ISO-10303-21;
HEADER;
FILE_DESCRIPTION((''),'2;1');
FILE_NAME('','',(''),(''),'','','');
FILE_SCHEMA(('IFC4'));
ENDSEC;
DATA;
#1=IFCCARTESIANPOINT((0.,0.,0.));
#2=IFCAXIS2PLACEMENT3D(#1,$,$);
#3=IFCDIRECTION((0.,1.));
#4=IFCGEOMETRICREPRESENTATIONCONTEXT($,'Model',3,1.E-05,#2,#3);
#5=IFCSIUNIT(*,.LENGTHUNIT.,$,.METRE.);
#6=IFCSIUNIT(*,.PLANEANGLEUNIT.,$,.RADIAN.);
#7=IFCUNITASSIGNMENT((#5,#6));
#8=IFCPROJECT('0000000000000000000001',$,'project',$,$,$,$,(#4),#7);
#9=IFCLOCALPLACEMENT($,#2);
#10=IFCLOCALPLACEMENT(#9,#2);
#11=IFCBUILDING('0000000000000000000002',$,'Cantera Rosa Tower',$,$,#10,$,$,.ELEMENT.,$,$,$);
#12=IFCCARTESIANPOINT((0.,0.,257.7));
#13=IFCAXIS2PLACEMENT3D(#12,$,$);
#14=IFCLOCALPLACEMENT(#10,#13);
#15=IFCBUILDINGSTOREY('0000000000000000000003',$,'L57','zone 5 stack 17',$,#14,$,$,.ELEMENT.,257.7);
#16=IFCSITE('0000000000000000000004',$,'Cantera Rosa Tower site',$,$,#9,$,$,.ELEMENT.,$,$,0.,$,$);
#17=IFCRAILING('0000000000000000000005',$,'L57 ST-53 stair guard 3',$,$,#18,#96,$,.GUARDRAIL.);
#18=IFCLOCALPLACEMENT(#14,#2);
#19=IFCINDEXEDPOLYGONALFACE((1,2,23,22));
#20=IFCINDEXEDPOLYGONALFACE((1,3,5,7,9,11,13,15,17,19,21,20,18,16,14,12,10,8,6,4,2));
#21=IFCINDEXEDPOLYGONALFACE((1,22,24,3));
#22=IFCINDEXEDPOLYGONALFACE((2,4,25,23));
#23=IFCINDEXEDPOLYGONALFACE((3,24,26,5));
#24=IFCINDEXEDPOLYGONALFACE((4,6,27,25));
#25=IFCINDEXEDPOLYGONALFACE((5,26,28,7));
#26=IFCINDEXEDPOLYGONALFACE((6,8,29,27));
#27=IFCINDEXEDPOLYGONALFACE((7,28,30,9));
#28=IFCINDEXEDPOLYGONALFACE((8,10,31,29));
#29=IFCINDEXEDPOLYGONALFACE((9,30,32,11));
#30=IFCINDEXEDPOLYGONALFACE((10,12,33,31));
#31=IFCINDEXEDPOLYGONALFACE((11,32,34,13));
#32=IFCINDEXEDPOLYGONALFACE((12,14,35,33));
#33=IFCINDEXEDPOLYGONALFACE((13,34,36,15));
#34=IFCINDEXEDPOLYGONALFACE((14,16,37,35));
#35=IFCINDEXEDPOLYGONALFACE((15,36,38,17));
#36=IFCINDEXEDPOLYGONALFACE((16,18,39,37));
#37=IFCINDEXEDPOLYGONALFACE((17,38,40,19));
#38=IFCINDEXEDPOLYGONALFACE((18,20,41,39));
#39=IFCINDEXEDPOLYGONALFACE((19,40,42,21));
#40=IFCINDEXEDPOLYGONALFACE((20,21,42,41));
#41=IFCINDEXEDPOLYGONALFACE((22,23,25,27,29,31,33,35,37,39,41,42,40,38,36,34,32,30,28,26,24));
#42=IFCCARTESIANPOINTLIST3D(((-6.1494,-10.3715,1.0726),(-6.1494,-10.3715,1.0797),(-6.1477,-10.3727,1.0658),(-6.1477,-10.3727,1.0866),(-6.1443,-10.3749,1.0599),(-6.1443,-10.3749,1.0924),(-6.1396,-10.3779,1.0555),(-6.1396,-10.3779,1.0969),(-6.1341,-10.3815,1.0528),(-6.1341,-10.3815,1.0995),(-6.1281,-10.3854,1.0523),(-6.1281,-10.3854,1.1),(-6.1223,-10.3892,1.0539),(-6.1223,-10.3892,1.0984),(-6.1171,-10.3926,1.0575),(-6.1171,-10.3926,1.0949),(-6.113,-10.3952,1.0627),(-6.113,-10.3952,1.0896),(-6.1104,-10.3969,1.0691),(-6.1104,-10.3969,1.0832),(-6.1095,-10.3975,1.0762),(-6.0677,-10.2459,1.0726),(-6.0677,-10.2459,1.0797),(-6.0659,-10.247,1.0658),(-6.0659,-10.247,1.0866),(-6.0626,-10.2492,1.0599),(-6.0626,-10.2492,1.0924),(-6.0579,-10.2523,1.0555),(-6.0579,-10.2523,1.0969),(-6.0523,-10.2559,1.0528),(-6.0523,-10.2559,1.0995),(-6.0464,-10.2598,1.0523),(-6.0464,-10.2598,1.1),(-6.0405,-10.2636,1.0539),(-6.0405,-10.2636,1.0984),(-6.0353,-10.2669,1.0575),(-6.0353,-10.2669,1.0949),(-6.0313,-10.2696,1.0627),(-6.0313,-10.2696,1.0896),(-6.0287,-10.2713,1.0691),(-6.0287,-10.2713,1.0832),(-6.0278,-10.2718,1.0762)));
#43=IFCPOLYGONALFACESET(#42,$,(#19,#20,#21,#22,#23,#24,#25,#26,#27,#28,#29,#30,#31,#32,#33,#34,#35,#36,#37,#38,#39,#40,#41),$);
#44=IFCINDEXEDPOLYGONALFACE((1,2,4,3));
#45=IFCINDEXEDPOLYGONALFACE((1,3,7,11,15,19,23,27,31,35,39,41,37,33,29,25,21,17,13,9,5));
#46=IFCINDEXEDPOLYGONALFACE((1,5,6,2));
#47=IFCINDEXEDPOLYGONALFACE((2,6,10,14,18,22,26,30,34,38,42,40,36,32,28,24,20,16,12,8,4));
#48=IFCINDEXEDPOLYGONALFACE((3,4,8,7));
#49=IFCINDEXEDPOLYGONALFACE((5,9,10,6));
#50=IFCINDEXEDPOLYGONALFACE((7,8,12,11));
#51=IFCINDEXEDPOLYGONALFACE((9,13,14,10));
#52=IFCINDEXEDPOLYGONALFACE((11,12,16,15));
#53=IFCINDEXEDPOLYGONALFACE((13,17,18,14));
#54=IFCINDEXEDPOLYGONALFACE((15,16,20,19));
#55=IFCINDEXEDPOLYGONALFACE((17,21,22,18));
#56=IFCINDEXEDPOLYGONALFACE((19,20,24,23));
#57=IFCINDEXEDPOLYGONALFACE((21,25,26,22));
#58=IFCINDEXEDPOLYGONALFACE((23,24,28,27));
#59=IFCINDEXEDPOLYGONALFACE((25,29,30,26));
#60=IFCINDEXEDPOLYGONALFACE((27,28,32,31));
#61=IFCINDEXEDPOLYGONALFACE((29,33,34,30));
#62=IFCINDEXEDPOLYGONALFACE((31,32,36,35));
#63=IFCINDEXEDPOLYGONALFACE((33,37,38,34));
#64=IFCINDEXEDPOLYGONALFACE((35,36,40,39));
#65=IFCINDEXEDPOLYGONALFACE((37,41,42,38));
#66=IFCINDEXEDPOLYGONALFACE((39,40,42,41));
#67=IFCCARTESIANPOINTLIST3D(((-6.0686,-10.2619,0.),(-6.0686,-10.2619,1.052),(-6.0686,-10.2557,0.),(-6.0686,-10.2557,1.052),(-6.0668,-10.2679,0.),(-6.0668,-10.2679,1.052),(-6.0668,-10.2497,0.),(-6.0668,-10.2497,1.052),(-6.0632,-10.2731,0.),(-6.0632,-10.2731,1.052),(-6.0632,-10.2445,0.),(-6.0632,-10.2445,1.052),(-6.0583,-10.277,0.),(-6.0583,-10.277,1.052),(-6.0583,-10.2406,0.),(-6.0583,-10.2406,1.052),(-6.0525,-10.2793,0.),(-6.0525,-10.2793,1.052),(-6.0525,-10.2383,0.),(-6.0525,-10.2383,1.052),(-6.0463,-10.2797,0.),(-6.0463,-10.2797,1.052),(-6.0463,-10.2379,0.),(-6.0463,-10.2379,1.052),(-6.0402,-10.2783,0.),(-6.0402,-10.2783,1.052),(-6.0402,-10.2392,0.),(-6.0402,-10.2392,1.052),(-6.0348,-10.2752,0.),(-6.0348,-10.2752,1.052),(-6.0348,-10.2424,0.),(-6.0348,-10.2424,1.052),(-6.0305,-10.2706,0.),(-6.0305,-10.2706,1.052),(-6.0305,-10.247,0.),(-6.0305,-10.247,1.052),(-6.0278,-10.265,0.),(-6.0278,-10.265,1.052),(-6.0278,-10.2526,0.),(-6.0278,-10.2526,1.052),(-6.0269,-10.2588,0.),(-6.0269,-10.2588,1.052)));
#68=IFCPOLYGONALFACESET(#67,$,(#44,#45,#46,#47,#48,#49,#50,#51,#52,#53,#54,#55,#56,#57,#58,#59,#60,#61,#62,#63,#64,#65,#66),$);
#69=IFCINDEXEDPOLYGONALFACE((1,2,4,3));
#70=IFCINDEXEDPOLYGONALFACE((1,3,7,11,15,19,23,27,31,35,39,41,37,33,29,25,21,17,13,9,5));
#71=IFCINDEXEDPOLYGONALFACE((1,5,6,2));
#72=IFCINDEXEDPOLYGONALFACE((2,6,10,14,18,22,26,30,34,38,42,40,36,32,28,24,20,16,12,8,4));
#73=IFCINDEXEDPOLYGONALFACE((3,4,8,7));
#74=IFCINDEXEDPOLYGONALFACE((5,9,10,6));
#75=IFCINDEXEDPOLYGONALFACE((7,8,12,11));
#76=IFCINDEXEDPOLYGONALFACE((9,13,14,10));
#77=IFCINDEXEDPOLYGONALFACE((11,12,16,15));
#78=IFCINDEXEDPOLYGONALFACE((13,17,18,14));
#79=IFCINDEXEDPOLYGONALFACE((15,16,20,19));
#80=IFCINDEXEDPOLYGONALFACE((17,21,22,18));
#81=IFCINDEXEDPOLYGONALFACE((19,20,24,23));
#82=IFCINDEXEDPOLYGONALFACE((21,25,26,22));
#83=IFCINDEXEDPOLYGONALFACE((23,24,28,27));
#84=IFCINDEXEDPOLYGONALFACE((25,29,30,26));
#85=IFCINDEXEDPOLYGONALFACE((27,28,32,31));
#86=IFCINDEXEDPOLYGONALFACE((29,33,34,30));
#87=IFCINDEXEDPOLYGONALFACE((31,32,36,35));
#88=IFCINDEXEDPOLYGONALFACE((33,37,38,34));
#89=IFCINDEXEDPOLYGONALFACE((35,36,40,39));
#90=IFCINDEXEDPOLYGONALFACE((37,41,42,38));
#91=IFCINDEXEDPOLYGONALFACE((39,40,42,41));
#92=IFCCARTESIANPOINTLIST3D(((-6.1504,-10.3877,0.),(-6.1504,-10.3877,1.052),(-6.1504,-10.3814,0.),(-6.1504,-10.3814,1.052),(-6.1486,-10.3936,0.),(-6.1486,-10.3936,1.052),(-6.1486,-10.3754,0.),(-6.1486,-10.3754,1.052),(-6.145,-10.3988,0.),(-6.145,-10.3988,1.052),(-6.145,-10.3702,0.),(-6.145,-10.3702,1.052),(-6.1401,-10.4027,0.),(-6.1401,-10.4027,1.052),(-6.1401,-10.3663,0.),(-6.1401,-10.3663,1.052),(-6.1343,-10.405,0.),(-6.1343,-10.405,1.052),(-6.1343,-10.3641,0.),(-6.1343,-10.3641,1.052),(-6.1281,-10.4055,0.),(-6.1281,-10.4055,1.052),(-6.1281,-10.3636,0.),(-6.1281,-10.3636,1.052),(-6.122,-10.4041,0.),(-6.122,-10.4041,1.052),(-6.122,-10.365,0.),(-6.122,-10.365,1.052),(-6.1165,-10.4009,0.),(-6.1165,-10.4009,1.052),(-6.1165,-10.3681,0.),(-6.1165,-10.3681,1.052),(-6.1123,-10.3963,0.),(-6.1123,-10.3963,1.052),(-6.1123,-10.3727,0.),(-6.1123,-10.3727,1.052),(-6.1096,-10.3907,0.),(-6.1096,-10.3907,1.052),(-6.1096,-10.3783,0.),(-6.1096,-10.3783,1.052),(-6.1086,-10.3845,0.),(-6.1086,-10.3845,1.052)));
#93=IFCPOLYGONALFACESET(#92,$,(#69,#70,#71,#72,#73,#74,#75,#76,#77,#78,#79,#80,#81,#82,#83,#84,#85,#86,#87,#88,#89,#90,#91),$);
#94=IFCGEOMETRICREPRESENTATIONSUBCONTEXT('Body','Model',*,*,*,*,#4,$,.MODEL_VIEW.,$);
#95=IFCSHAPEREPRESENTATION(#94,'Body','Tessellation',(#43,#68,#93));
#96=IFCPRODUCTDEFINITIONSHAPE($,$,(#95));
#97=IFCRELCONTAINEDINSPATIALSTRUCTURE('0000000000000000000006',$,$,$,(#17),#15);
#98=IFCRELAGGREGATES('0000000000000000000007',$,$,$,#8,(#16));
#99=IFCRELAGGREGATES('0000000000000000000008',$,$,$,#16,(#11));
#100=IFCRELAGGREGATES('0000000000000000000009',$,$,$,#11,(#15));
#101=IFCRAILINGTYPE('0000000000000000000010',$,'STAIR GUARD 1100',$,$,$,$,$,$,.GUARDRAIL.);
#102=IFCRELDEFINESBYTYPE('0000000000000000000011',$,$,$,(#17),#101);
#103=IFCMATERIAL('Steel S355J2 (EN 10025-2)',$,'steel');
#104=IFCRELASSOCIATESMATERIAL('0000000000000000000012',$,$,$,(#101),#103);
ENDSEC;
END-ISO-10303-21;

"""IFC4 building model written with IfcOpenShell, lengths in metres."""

from ifc_helpers import new_model, si_unit, direction, frame, origin, origin_2d, place, context, subcontext, project, spatial, circle, extrude, material, type_object, element, save


model = new_model("IFC4")

# Units and contexts
model_context = context("Model", 3, precision=1e-05, world=origin(), true_north=direction((0.0, 1.0)))
body_context = subcontext(model_context, "Body", "Model", "MODEL_VIEW")
ifc_project = project(units=[si_unit("LENGTHUNIT", "METRE"), si_unit("PLANEANGLEUNIT", "RADIAN")], contexts=[model_context])

# Site, building, storey
site_placement = place(None, origin())
site = spatial("IfcSite", under=ifc_project, at=site_placement, Name="Cantera Rosa Tower site", CompositionType="ELEMENT", RefElevation=0.0)
building_placement = place(site_placement, origin())
building = spatial("IfcBuilding", under=site, at=building_placement, Name="Cantera Rosa Tower", CompositionType="ELEMENT")
storey_placement = place(building_placement, frame((0.0, 0.0, 257.7)))
storey = spatial("IfcBuildingStorey", under=building, at=storey_placement, Name="L57", Description="zone 5 stack 17", CompositionType="ELEMENT", Elevation=257.7)

# Railing
ifc_material_1 = material(Name="Steel S355J2 (EN 10025-2)", Category="steel")
railing_type_1 = type_object("IfcRailingType", Name="STAIR GUARD 1100", PredefinedType="GUARDRAIL", material=ifc_material_1)
railing_1_placement = place(storey_placement, frame((-6.0479, -10.2588, 0.0)))
element("IfcRailing", 1, at=railing_1_placement, inside=storey, type_object=railing_type_1, Name="L57 ST-53 stair guard 3", PredefinedType="GUARDRAIL", context=body_context, shape_type="SweptSolid", body=[
    extrude(circle(Radius=0.0239, at=origin_2d()), frame((0.0, 0.0, 1.0762), z_axis=(-0.545274, -0.838258, 0.0), x_axis=(0.838258, -0.545274, 0.0)), (0.0, 0.0, 1.0), 0.1499),
    extrude(circle(Radius=0.021, at=origin_2d()), origin(), (0.0, 0.0, 1.0), 1.052),
    extrude(circle(Radius=0.021, at=origin_2d()), frame((-0.0818, -0.1257, 0.0)), (0.0, 0.0, 1.0), 1.052),
])

save(model, "model.ifc")
